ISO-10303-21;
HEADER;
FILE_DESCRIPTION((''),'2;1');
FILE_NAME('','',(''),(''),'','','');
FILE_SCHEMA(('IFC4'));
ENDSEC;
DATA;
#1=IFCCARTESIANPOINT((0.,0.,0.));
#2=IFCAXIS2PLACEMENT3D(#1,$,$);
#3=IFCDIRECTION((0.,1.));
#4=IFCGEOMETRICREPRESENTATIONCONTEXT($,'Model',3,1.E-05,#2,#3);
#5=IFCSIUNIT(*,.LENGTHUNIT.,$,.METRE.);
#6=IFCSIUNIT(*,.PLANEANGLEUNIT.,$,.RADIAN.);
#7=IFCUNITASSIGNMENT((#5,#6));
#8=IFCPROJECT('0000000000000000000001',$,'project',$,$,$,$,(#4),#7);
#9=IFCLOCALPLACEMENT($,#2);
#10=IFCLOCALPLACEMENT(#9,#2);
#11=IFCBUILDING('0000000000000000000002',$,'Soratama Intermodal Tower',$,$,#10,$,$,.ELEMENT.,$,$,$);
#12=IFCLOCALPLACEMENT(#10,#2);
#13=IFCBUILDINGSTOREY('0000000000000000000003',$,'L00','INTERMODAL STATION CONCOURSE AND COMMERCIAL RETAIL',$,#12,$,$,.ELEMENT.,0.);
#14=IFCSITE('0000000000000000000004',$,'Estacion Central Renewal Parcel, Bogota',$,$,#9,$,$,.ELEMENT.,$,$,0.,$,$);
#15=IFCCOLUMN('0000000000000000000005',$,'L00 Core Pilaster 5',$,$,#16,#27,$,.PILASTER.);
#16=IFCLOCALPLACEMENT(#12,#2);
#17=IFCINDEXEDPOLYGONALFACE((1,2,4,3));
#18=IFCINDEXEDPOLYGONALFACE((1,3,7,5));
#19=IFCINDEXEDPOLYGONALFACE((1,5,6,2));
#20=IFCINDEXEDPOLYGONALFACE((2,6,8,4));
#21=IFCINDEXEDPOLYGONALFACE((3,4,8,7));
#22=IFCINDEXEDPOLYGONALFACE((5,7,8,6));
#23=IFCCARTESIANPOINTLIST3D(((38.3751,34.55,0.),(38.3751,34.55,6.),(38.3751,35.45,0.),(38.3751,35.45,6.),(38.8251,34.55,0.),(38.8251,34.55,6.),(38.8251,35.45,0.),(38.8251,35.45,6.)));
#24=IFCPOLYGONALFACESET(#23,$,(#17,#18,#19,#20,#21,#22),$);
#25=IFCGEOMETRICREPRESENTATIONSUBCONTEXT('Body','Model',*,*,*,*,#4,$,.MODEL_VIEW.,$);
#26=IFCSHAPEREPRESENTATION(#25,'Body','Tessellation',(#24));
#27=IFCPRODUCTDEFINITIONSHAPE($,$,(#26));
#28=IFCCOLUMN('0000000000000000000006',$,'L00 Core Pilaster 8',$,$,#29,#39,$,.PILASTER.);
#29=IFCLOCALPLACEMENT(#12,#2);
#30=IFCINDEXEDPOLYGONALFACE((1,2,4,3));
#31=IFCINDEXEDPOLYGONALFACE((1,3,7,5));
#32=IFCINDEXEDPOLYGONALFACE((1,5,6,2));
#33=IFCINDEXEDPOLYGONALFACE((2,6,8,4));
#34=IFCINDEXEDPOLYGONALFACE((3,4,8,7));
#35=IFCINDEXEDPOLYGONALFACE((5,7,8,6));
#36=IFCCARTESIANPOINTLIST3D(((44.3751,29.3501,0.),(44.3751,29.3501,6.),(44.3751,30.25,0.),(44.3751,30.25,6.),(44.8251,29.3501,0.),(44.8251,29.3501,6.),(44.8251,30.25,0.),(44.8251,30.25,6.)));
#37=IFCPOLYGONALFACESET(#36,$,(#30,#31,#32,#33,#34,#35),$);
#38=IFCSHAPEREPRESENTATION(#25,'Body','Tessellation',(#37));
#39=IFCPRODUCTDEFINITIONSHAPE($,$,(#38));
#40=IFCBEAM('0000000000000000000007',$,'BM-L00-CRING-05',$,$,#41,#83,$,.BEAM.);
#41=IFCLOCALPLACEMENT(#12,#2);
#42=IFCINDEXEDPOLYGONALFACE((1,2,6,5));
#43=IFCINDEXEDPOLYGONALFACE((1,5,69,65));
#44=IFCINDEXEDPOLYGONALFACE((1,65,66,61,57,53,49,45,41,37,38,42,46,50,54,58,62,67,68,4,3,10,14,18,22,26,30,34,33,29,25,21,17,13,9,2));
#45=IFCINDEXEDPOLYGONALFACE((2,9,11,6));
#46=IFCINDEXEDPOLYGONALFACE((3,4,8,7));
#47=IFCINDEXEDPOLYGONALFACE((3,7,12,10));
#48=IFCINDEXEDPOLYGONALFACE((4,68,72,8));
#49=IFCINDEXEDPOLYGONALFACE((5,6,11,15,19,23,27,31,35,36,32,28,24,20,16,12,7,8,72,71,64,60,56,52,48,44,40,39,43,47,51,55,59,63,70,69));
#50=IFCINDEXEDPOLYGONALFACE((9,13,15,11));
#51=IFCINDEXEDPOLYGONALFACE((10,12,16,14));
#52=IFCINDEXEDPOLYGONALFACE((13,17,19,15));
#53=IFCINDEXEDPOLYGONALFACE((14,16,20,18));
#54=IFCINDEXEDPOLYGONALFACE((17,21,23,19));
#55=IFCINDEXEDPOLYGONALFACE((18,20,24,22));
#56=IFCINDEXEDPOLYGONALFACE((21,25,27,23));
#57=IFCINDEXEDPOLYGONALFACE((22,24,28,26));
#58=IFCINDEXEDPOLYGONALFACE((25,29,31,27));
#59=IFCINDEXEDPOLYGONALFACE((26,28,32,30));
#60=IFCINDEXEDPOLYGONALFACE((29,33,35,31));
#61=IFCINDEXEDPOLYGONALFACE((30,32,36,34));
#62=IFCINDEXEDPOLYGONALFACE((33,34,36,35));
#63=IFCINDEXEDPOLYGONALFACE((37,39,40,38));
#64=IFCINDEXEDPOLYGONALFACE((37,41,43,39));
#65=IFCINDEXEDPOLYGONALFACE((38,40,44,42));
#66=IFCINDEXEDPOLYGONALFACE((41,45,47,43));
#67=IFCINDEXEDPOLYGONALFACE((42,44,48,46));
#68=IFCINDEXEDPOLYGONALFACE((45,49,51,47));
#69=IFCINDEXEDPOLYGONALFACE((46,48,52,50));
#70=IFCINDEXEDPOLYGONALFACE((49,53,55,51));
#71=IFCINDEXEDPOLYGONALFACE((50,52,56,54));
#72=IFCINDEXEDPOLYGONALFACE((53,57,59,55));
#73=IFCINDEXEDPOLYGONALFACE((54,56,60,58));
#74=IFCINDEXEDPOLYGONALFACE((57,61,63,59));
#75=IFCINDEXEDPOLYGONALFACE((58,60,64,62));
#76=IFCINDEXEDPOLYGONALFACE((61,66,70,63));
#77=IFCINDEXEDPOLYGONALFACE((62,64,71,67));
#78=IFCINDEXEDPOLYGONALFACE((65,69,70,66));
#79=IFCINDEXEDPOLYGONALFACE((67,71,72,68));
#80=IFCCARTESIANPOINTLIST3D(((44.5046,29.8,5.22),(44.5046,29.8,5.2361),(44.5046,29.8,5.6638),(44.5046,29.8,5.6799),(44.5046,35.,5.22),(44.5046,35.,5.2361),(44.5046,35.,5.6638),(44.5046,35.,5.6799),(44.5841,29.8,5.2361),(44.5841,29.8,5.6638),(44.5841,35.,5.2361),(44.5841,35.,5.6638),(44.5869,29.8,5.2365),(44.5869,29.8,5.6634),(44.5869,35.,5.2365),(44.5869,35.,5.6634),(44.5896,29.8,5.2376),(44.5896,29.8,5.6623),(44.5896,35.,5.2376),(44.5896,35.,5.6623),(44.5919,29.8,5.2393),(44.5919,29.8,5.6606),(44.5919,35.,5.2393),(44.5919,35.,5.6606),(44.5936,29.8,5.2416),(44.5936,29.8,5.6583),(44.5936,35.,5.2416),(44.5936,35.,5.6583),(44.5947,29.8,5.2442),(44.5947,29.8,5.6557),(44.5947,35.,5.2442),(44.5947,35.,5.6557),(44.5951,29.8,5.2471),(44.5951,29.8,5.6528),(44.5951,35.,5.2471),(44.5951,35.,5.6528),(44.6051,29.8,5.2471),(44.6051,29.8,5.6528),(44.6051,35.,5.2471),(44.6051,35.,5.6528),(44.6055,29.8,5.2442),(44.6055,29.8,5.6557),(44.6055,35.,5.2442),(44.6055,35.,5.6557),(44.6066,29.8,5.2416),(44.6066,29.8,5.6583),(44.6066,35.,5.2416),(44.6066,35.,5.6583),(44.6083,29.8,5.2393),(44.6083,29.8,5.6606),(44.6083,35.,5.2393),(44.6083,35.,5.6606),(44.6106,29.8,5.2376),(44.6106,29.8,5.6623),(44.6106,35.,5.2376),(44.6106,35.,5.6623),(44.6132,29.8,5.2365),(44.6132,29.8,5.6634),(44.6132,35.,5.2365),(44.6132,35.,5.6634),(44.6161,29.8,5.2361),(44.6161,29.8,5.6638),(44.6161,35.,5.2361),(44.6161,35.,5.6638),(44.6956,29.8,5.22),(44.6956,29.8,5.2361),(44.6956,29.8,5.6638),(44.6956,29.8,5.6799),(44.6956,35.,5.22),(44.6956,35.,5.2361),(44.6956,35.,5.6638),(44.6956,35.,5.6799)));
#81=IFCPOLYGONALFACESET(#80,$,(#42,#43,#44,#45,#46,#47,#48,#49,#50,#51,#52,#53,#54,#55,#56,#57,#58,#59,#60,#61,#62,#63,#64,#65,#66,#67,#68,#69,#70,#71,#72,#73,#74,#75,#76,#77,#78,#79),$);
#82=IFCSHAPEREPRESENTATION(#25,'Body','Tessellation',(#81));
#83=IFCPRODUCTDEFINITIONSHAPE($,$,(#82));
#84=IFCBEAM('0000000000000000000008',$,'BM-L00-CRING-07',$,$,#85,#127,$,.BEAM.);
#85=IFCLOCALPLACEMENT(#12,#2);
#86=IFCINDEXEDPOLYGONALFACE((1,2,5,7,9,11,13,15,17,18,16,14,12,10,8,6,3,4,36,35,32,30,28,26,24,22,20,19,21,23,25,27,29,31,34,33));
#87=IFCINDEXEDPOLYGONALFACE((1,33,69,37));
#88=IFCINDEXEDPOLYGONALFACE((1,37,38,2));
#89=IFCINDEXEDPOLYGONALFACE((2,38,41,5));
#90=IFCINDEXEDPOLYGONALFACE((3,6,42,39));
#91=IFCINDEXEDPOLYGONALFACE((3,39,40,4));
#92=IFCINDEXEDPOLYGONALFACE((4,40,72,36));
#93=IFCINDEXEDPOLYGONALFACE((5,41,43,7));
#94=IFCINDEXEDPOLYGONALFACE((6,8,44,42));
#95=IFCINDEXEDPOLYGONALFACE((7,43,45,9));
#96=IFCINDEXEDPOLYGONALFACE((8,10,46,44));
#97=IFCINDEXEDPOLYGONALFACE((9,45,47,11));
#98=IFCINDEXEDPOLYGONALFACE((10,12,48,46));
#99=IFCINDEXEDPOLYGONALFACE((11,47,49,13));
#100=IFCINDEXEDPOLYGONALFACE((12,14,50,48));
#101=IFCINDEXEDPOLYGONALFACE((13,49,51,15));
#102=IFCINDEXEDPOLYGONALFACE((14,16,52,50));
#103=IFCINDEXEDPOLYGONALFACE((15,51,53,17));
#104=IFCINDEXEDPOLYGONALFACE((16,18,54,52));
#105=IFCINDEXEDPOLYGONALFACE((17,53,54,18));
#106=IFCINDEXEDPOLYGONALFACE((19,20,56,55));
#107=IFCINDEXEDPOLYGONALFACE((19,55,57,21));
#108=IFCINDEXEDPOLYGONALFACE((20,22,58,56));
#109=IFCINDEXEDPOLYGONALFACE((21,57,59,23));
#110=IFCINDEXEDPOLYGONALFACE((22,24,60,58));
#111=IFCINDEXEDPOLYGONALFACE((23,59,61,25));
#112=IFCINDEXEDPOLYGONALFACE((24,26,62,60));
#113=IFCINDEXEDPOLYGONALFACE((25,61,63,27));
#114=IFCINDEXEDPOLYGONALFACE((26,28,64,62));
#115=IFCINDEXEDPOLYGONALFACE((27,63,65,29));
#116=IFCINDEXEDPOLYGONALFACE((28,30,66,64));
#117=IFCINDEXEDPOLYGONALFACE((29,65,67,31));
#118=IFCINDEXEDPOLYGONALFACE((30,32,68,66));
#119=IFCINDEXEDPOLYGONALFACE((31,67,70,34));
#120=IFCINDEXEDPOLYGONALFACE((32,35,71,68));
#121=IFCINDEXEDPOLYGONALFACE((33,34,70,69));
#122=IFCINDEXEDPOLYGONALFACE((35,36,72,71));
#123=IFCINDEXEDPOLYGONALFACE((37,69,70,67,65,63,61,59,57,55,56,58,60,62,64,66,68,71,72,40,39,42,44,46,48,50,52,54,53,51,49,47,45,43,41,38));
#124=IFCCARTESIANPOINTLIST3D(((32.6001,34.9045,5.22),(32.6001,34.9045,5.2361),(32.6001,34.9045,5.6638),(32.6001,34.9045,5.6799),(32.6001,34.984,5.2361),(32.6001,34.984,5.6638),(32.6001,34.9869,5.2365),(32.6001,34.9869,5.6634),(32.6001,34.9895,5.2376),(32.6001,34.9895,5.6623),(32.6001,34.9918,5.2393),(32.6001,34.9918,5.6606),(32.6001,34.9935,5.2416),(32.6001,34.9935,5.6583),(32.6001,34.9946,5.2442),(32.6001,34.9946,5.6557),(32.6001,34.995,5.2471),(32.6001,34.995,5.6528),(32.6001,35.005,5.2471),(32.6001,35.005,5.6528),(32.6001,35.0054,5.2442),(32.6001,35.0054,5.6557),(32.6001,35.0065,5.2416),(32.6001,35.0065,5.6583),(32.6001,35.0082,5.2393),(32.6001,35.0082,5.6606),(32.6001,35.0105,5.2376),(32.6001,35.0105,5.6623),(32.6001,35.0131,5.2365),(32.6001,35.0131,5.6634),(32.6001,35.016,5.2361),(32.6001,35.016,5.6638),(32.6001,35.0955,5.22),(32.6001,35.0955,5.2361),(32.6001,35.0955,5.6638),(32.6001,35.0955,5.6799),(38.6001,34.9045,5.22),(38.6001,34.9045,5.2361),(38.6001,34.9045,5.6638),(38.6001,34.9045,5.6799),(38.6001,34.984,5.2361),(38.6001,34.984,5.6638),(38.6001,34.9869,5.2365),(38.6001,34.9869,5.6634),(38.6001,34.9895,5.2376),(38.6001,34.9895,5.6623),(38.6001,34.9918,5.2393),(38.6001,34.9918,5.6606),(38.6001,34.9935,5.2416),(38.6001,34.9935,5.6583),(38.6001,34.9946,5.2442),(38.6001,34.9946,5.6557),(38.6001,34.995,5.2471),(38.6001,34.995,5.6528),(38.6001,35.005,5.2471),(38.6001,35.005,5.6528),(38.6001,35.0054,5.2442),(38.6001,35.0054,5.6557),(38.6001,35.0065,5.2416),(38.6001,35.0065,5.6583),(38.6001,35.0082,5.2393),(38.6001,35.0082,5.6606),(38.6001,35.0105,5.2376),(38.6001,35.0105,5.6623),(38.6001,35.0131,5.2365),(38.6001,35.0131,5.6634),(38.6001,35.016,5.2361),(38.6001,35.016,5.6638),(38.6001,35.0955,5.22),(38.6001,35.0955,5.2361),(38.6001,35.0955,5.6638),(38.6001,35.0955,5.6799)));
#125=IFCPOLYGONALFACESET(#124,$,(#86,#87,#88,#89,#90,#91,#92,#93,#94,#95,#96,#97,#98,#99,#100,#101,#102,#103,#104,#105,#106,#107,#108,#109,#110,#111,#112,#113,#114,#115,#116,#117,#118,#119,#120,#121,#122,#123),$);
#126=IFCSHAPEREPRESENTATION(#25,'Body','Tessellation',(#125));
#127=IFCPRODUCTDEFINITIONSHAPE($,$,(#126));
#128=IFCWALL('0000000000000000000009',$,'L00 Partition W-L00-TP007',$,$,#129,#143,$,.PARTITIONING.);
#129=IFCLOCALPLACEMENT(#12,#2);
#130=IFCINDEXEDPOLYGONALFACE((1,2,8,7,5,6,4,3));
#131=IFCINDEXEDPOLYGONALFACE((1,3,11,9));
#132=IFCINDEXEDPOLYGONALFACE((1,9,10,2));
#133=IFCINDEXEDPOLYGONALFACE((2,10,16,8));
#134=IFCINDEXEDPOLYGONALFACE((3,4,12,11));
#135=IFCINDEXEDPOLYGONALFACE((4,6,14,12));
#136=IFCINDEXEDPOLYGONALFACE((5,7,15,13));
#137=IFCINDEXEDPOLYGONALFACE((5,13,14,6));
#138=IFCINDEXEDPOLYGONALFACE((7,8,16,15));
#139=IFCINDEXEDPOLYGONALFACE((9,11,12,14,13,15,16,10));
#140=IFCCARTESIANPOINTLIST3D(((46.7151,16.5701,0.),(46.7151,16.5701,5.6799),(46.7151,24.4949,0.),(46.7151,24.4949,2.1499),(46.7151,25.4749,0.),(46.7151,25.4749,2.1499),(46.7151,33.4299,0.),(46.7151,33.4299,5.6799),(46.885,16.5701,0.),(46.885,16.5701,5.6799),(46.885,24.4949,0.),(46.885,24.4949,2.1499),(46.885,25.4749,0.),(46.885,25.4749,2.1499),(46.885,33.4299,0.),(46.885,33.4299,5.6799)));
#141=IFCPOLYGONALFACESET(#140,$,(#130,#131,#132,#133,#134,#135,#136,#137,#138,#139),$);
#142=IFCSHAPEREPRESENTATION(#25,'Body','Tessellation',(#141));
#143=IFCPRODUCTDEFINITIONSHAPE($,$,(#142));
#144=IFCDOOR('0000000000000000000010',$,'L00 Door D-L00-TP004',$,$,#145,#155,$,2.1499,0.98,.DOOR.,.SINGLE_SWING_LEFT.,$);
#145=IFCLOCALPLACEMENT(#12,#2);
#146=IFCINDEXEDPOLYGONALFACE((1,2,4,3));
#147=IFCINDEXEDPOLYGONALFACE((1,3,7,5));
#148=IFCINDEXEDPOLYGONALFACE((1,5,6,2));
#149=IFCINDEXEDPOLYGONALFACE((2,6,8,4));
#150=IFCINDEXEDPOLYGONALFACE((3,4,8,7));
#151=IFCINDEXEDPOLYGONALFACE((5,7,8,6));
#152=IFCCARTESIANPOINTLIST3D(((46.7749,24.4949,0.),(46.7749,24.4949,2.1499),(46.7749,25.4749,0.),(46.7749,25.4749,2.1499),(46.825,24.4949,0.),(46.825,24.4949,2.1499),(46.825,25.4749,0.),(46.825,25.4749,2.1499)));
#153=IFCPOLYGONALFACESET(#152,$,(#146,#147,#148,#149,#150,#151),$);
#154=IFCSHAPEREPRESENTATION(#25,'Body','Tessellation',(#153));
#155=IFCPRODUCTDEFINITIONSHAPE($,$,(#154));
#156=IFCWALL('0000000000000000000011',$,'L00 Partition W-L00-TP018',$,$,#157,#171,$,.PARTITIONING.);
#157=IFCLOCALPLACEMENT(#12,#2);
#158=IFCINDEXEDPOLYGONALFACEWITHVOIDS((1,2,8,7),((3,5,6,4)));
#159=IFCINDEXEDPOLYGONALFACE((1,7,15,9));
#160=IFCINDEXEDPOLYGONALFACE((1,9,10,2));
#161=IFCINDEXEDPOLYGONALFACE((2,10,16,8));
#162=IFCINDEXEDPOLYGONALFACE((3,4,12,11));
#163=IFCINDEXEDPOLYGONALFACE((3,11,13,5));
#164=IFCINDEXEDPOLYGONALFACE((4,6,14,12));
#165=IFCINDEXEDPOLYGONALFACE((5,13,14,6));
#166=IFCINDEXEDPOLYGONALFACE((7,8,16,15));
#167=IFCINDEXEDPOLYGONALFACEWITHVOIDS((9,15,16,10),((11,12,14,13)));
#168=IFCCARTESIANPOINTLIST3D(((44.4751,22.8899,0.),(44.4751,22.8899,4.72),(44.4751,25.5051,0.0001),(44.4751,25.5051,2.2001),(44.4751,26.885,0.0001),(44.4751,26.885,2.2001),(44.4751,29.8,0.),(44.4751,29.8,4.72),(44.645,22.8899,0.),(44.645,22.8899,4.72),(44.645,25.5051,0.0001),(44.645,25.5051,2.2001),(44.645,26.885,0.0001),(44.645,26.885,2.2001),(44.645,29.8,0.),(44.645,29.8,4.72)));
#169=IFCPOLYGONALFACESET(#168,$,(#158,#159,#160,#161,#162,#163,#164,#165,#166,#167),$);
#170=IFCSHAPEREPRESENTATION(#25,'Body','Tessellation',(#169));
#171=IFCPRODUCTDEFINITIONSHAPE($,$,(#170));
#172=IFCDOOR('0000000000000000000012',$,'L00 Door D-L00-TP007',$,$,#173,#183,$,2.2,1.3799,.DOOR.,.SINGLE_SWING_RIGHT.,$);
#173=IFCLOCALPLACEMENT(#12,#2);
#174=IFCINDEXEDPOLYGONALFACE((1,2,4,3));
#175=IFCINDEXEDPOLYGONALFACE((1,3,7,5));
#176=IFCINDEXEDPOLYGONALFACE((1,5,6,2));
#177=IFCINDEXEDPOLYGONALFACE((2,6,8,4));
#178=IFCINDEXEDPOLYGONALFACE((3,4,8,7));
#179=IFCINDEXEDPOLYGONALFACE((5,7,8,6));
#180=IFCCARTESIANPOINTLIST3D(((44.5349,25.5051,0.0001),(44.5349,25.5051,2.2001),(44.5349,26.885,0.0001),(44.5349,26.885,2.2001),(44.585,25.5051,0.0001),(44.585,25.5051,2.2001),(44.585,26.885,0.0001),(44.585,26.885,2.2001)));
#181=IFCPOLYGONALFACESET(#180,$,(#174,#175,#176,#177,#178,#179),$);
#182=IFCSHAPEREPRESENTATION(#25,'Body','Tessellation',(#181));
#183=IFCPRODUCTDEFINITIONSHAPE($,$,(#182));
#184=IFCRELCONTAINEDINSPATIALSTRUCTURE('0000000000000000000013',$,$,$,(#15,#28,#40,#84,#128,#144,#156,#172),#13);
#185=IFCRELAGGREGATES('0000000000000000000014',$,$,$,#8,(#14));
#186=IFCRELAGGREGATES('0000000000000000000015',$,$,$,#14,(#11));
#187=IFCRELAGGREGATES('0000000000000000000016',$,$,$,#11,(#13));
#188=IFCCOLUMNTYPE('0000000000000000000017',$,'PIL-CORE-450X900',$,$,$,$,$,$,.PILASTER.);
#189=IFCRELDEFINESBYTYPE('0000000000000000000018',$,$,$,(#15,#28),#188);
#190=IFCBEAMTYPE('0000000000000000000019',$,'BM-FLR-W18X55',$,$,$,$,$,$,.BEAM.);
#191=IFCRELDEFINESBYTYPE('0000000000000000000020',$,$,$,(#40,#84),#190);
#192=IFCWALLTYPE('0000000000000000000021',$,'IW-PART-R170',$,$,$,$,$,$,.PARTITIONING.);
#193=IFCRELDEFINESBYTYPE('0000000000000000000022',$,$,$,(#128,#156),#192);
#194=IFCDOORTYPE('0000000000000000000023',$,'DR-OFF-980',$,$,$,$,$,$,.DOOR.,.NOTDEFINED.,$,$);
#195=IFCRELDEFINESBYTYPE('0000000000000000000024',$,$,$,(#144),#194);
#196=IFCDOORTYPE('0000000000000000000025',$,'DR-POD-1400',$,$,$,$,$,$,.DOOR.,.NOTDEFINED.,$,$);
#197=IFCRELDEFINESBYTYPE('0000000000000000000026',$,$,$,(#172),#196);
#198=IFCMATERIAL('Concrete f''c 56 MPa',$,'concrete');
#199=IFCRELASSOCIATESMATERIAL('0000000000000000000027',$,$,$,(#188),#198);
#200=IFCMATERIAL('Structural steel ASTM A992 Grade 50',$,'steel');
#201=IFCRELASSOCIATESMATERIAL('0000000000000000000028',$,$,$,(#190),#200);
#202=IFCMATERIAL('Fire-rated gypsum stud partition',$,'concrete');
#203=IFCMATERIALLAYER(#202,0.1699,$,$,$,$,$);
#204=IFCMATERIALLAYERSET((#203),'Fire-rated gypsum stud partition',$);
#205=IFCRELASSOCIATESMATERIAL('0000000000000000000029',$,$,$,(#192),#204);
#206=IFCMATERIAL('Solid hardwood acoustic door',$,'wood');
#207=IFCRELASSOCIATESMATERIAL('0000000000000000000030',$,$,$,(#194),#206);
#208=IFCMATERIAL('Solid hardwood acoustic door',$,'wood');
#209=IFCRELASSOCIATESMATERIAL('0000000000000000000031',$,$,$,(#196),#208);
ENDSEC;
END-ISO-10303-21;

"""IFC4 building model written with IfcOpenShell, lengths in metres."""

from ifc_helpers import new_model, si_unit, direction, frame, frame_2d, origin, origin_2d, place, context, subcontext, project, spatial, rectangle, i_section, extrude, material, layer, layer_set, material_profile, profile_set, type_object, element, fill, save


model = new_model("IFC4")

# Units and contexts
model_context = context("Model", 3, precision=1e-05, world=origin(), true_north=direction((0.0, 1.0)))
body_context = subcontext(model_context, "Body", "Model", "MODEL_VIEW")
ifc_project = project(units=[si_unit("LENGTHUNIT", "METRE"), si_unit("PLANEANGLEUNIT", "RADIAN")], contexts=[model_context])

# Site, building, storey
site_placement = place(None, origin())
site = spatial("IfcSite", under=ifc_project, at=site_placement, Name="Estacion Central Renewal Parcel, Bogota", CompositionType="ELEMENT", RefElevation=0.0)
building_placement = place(site_placement, origin())
building = spatial("IfcBuilding", under=site, at=building_placement, Name="Soratama Intermodal Tower", CompositionType="ELEMENT")
storey_placement = place(building_placement, origin())
storey = spatial("IfcBuildingStorey", under=building, at=storey_placement, Name="L00", Description="INTERMODAL STATION CONCOURSE AND COMMERCIAL RETAIL", CompositionType="ELEMENT", Elevation=0.0)

# Columns
ifc_material_1 = material(Name="Concrete f'c 56 MPa", Category="concrete")
ifc_material_profile_1 = material_profile(ifc_material_1, rectangle(XDim=0.45, YDim=0.8999, at=origin_2d()), Name="RC450X900")
ifc_profile_set_1 = profile_set([ifc_material_profile_1], Name="Concrete f'c 56 MPa")
column_type = type_object("IfcColumnType", Name="PIL-CORE-450X900", PredefinedType="PILASTER", material=ifc_profile_set_1)
for number, where, z_axis, x_axis, name in (
    (1, (38.6001, 35.0, 0.0), (0.0, 0.0, 1.0), (1.0, 0.0, 0.0), "L00 Core Pilaster 5"),
    (2, (44.6001, 29.8, 0.0), (0.0, 0.0, 1.0), (1.0, 0.0, 0.0), "L00 Core Pilaster 8"),
):
    element("IfcColumn", number, at=place(storey_placement, frame(where, z_axis=z_axis, x_axis=x_axis)), inside=storey, type_object=column_type, Name=name, PredefinedType="PILASTER", context=body_context, shape_type="SweptSolid", body=[
        extrude(rectangle(XDim=0.45, YDim=0.8999, at=origin_2d()), origin(), (0.0, 0.0, 1.0), 6.0),
    ])

# Beams
ifc_material_2 = material(Name="Structural steel ASTM A992 Grade 50", Category="steel")
ifc_material_profile_2 = material_profile(ifc_material_2, i_section(OverallWidth=0.1909, OverallDepth=0.46, WebThickness=0.01, FlangeThickness=0.0161, FilletRadius=0.011, at=origin_2d()), Name="W18X55")
ifc_profile_set_2 = profile_set([ifc_material_profile_2], Name="Structural steel ASTM A992 Grade 50")
beam_type = type_object("IfcBeamType", Name="BM-FLR-W18X55", PredefinedType="BEAM", material=ifc_profile_set_2)
beam_1_placement = place(storey_placement, frame((44.6001, 29.8, 5.45), z_axis=(0.0, 1.0, 0.0), x_axis=(-1.0, 0.0, 0.0)))
element("IfcBeam", 3, at=beam_1_placement, inside=storey, type_object=beam_type, Name="BM-L00-CRING-05", PredefinedType="BEAM", context=body_context, shape_type="SweptSolid", body=[
    extrude(i_section(OverallWidth=0.1909, OverallDepth=0.46, WebThickness=0.01, FlangeThickness=0.0161, FilletRadius=0.011, at=origin_2d()), origin(), (0.0, 0.0, 1.0), 5.2),
])
beam_2_placement = place(storey_placement, frame((38.6001, 35.0, 5.45), z_axis=(-1.0, 0.0, 0.0), x_axis=(0.0, -1.0, 0.0)))
element("IfcBeam", 4, at=beam_2_placement, inside=storey, type_object=beam_type, Name="BM-L00-CRING-07", PredefinedType="BEAM", context=body_context, shape_type="SweptSolid", body=[
    extrude(i_section(OverallWidth=0.1909, OverallDepth=0.46, WebThickness=0.01, FlangeThickness=0.0161, FilletRadius=0.011, at=origin_2d()), origin(), (0.0, 0.0, 1.0), 6.0),
])

# Walls, openings, doors
ifc_material_3 = material(Name="Fire-rated gypsum stud partition", Category="concrete")
ifc_layer_1 = layer(ifc_material_3, 0.1699)
ifc_layer_set_1 = layer_set([ifc_layer_1], Name="Fire-rated gypsum stud partition")
wall_type_1 = type_object("IfcWallType", Name="IW-PART-R170", PredefinedType="PARTITIONING", material=ifc_layer_set_1)
wall_1_placement = place(storey_placement, frame((46.8, 33.4299, 0.0), z_axis=(0.0, 0.0, 1.0), x_axis=(0.0, -1.0, 0.0)))
wall_1 = element("IfcWall", 5, at=wall_1_placement, inside=storey, type_object=wall_type_1, Name="L00 Partition W-L00-TP007", PredefinedType="PARTITIONING", context=body_context, shape_type="SweptSolid", body=[
    extrude(rectangle(XDim=16.8599, YDim=0.1699, at=frame_2d((8.4299, 0.0))), origin(), (0.0, 0.0, 1.0), 5.6799),
])
opening_1_placement = place(wall_1_placement, frame((7.9551, 0.0, 0.0)))
opening_1 = element("IfcOpeningElement", 6, at=opening_1_placement, cuts=wall_1, PredefinedType="OPENING", context=body_context, shape_type="SweptSolid", body=[
    extrude(rectangle(XDim=0.98, YDim=2.1499, at=frame_2d((0.49, 1.075))), frame((0.0, 0.095, 0.0), z_axis=(0.0, -1.0, 0.0), x_axis=(1.0, 0.0, 0.0)), (0.0, 0.0, 1.0), 0.1899),
])
ifc_material_4 = material(Name="Solid hardwood acoustic door", Category="wood")
door_type_1 = type_object("IfcDoorType", Name="DR-OFF-980", OperationType="NOTDEFINED", PredefinedType="DOOR", material=ifc_material_4)
door_1_placement = place(opening_1_placement, origin())
door_1 = element("IfcDoor", 7, at=door_1_placement, inside=storey, type_object=door_type_1, Name="L00 Door D-L00-TP004", OperationType="SINGLE_SWING_LEFT", OverallHeight=2.1499, OverallWidth=0.98, PredefinedType="DOOR", context=body_context, shape_type="SweptSolid", body=[
    extrude(rectangle(XDim=0.98, YDim=2.1499, at=frame_2d((0.49, 1.075))), frame((0.0, 0.0249, 0.0), z_axis=(0.0, -1.0, 0.0), x_axis=(1.0, 0.0, 0.0)), (0.0, 0.0, 1.0), 0.05),
])
fill(opening_1, door_1)
wall_2_placement = place(storey_placement, frame((44.5601, 29.8, 0.0), z_axis=(0.0, 0.0, 1.0), x_axis=(0.0, -1.0, 0.0)))
wall_2 = element("IfcWall", 8, at=wall_2_placement, inside=storey, type_object=wall_type_1, Name="L00 Partition W-L00-TP018", PredefinedType="PARTITIONING", context=body_context, shape_type="SweptSolid", body=[
    extrude(rectangle(XDim=6.9102, YDim=0.1699, at=frame_2d((3.4551, 0.0))), origin(), (0.0, 0.0, 1.0), 4.72),
])
opening_2_placement = place(wall_2_placement, frame((2.915, 0.0, 0.0)))
opening_2 = element("IfcOpeningElement", 9, at=opening_2_placement, cuts=wall_2, PredefinedType="OPENING", context=body_context, shape_type="SweptSolid", body=[
    extrude(rectangle(XDim=1.3799, YDim=2.2, at=frame_2d((0.6899, 1.1001))), frame((0.0, 0.095, 0.0), z_axis=(0.0, -1.0, 0.0), x_axis=(1.0, 0.0, 0.0)), (0.0, 0.0, 1.0), 0.1899),
])
ifc_material_5 = material(Name="Solid hardwood acoustic door", Category="wood")
door_type_2 = type_object("IfcDoorType", Name="DR-POD-1400", OperationType="NOTDEFINED", PredefinedType="DOOR", material=ifc_material_5)
door_2_placement = place(opening_2_placement, origin())
door_2 = element("IfcDoor", 10, at=door_2_placement, inside=storey, type_object=door_type_2, Name="L00 Door D-L00-TP007", OperationType="SINGLE_SWING_RIGHT", OverallHeight=2.2, OverallWidth=1.3799, PredefinedType="DOOR", context=body_context, shape_type="SweptSolid", body=[
    extrude(rectangle(XDim=1.3799, YDim=2.2, at=frame_2d((0.6899, 1.1001))), frame((0.0, 0.0249, 0.0), z_axis=(0.0, -1.0, 0.0), x_axis=(1.0, 0.0, 0.0)), (0.0, 0.0, 1.0), 0.05),
])
fill(opening_2, door_2)

save(model, "model.ifc")
